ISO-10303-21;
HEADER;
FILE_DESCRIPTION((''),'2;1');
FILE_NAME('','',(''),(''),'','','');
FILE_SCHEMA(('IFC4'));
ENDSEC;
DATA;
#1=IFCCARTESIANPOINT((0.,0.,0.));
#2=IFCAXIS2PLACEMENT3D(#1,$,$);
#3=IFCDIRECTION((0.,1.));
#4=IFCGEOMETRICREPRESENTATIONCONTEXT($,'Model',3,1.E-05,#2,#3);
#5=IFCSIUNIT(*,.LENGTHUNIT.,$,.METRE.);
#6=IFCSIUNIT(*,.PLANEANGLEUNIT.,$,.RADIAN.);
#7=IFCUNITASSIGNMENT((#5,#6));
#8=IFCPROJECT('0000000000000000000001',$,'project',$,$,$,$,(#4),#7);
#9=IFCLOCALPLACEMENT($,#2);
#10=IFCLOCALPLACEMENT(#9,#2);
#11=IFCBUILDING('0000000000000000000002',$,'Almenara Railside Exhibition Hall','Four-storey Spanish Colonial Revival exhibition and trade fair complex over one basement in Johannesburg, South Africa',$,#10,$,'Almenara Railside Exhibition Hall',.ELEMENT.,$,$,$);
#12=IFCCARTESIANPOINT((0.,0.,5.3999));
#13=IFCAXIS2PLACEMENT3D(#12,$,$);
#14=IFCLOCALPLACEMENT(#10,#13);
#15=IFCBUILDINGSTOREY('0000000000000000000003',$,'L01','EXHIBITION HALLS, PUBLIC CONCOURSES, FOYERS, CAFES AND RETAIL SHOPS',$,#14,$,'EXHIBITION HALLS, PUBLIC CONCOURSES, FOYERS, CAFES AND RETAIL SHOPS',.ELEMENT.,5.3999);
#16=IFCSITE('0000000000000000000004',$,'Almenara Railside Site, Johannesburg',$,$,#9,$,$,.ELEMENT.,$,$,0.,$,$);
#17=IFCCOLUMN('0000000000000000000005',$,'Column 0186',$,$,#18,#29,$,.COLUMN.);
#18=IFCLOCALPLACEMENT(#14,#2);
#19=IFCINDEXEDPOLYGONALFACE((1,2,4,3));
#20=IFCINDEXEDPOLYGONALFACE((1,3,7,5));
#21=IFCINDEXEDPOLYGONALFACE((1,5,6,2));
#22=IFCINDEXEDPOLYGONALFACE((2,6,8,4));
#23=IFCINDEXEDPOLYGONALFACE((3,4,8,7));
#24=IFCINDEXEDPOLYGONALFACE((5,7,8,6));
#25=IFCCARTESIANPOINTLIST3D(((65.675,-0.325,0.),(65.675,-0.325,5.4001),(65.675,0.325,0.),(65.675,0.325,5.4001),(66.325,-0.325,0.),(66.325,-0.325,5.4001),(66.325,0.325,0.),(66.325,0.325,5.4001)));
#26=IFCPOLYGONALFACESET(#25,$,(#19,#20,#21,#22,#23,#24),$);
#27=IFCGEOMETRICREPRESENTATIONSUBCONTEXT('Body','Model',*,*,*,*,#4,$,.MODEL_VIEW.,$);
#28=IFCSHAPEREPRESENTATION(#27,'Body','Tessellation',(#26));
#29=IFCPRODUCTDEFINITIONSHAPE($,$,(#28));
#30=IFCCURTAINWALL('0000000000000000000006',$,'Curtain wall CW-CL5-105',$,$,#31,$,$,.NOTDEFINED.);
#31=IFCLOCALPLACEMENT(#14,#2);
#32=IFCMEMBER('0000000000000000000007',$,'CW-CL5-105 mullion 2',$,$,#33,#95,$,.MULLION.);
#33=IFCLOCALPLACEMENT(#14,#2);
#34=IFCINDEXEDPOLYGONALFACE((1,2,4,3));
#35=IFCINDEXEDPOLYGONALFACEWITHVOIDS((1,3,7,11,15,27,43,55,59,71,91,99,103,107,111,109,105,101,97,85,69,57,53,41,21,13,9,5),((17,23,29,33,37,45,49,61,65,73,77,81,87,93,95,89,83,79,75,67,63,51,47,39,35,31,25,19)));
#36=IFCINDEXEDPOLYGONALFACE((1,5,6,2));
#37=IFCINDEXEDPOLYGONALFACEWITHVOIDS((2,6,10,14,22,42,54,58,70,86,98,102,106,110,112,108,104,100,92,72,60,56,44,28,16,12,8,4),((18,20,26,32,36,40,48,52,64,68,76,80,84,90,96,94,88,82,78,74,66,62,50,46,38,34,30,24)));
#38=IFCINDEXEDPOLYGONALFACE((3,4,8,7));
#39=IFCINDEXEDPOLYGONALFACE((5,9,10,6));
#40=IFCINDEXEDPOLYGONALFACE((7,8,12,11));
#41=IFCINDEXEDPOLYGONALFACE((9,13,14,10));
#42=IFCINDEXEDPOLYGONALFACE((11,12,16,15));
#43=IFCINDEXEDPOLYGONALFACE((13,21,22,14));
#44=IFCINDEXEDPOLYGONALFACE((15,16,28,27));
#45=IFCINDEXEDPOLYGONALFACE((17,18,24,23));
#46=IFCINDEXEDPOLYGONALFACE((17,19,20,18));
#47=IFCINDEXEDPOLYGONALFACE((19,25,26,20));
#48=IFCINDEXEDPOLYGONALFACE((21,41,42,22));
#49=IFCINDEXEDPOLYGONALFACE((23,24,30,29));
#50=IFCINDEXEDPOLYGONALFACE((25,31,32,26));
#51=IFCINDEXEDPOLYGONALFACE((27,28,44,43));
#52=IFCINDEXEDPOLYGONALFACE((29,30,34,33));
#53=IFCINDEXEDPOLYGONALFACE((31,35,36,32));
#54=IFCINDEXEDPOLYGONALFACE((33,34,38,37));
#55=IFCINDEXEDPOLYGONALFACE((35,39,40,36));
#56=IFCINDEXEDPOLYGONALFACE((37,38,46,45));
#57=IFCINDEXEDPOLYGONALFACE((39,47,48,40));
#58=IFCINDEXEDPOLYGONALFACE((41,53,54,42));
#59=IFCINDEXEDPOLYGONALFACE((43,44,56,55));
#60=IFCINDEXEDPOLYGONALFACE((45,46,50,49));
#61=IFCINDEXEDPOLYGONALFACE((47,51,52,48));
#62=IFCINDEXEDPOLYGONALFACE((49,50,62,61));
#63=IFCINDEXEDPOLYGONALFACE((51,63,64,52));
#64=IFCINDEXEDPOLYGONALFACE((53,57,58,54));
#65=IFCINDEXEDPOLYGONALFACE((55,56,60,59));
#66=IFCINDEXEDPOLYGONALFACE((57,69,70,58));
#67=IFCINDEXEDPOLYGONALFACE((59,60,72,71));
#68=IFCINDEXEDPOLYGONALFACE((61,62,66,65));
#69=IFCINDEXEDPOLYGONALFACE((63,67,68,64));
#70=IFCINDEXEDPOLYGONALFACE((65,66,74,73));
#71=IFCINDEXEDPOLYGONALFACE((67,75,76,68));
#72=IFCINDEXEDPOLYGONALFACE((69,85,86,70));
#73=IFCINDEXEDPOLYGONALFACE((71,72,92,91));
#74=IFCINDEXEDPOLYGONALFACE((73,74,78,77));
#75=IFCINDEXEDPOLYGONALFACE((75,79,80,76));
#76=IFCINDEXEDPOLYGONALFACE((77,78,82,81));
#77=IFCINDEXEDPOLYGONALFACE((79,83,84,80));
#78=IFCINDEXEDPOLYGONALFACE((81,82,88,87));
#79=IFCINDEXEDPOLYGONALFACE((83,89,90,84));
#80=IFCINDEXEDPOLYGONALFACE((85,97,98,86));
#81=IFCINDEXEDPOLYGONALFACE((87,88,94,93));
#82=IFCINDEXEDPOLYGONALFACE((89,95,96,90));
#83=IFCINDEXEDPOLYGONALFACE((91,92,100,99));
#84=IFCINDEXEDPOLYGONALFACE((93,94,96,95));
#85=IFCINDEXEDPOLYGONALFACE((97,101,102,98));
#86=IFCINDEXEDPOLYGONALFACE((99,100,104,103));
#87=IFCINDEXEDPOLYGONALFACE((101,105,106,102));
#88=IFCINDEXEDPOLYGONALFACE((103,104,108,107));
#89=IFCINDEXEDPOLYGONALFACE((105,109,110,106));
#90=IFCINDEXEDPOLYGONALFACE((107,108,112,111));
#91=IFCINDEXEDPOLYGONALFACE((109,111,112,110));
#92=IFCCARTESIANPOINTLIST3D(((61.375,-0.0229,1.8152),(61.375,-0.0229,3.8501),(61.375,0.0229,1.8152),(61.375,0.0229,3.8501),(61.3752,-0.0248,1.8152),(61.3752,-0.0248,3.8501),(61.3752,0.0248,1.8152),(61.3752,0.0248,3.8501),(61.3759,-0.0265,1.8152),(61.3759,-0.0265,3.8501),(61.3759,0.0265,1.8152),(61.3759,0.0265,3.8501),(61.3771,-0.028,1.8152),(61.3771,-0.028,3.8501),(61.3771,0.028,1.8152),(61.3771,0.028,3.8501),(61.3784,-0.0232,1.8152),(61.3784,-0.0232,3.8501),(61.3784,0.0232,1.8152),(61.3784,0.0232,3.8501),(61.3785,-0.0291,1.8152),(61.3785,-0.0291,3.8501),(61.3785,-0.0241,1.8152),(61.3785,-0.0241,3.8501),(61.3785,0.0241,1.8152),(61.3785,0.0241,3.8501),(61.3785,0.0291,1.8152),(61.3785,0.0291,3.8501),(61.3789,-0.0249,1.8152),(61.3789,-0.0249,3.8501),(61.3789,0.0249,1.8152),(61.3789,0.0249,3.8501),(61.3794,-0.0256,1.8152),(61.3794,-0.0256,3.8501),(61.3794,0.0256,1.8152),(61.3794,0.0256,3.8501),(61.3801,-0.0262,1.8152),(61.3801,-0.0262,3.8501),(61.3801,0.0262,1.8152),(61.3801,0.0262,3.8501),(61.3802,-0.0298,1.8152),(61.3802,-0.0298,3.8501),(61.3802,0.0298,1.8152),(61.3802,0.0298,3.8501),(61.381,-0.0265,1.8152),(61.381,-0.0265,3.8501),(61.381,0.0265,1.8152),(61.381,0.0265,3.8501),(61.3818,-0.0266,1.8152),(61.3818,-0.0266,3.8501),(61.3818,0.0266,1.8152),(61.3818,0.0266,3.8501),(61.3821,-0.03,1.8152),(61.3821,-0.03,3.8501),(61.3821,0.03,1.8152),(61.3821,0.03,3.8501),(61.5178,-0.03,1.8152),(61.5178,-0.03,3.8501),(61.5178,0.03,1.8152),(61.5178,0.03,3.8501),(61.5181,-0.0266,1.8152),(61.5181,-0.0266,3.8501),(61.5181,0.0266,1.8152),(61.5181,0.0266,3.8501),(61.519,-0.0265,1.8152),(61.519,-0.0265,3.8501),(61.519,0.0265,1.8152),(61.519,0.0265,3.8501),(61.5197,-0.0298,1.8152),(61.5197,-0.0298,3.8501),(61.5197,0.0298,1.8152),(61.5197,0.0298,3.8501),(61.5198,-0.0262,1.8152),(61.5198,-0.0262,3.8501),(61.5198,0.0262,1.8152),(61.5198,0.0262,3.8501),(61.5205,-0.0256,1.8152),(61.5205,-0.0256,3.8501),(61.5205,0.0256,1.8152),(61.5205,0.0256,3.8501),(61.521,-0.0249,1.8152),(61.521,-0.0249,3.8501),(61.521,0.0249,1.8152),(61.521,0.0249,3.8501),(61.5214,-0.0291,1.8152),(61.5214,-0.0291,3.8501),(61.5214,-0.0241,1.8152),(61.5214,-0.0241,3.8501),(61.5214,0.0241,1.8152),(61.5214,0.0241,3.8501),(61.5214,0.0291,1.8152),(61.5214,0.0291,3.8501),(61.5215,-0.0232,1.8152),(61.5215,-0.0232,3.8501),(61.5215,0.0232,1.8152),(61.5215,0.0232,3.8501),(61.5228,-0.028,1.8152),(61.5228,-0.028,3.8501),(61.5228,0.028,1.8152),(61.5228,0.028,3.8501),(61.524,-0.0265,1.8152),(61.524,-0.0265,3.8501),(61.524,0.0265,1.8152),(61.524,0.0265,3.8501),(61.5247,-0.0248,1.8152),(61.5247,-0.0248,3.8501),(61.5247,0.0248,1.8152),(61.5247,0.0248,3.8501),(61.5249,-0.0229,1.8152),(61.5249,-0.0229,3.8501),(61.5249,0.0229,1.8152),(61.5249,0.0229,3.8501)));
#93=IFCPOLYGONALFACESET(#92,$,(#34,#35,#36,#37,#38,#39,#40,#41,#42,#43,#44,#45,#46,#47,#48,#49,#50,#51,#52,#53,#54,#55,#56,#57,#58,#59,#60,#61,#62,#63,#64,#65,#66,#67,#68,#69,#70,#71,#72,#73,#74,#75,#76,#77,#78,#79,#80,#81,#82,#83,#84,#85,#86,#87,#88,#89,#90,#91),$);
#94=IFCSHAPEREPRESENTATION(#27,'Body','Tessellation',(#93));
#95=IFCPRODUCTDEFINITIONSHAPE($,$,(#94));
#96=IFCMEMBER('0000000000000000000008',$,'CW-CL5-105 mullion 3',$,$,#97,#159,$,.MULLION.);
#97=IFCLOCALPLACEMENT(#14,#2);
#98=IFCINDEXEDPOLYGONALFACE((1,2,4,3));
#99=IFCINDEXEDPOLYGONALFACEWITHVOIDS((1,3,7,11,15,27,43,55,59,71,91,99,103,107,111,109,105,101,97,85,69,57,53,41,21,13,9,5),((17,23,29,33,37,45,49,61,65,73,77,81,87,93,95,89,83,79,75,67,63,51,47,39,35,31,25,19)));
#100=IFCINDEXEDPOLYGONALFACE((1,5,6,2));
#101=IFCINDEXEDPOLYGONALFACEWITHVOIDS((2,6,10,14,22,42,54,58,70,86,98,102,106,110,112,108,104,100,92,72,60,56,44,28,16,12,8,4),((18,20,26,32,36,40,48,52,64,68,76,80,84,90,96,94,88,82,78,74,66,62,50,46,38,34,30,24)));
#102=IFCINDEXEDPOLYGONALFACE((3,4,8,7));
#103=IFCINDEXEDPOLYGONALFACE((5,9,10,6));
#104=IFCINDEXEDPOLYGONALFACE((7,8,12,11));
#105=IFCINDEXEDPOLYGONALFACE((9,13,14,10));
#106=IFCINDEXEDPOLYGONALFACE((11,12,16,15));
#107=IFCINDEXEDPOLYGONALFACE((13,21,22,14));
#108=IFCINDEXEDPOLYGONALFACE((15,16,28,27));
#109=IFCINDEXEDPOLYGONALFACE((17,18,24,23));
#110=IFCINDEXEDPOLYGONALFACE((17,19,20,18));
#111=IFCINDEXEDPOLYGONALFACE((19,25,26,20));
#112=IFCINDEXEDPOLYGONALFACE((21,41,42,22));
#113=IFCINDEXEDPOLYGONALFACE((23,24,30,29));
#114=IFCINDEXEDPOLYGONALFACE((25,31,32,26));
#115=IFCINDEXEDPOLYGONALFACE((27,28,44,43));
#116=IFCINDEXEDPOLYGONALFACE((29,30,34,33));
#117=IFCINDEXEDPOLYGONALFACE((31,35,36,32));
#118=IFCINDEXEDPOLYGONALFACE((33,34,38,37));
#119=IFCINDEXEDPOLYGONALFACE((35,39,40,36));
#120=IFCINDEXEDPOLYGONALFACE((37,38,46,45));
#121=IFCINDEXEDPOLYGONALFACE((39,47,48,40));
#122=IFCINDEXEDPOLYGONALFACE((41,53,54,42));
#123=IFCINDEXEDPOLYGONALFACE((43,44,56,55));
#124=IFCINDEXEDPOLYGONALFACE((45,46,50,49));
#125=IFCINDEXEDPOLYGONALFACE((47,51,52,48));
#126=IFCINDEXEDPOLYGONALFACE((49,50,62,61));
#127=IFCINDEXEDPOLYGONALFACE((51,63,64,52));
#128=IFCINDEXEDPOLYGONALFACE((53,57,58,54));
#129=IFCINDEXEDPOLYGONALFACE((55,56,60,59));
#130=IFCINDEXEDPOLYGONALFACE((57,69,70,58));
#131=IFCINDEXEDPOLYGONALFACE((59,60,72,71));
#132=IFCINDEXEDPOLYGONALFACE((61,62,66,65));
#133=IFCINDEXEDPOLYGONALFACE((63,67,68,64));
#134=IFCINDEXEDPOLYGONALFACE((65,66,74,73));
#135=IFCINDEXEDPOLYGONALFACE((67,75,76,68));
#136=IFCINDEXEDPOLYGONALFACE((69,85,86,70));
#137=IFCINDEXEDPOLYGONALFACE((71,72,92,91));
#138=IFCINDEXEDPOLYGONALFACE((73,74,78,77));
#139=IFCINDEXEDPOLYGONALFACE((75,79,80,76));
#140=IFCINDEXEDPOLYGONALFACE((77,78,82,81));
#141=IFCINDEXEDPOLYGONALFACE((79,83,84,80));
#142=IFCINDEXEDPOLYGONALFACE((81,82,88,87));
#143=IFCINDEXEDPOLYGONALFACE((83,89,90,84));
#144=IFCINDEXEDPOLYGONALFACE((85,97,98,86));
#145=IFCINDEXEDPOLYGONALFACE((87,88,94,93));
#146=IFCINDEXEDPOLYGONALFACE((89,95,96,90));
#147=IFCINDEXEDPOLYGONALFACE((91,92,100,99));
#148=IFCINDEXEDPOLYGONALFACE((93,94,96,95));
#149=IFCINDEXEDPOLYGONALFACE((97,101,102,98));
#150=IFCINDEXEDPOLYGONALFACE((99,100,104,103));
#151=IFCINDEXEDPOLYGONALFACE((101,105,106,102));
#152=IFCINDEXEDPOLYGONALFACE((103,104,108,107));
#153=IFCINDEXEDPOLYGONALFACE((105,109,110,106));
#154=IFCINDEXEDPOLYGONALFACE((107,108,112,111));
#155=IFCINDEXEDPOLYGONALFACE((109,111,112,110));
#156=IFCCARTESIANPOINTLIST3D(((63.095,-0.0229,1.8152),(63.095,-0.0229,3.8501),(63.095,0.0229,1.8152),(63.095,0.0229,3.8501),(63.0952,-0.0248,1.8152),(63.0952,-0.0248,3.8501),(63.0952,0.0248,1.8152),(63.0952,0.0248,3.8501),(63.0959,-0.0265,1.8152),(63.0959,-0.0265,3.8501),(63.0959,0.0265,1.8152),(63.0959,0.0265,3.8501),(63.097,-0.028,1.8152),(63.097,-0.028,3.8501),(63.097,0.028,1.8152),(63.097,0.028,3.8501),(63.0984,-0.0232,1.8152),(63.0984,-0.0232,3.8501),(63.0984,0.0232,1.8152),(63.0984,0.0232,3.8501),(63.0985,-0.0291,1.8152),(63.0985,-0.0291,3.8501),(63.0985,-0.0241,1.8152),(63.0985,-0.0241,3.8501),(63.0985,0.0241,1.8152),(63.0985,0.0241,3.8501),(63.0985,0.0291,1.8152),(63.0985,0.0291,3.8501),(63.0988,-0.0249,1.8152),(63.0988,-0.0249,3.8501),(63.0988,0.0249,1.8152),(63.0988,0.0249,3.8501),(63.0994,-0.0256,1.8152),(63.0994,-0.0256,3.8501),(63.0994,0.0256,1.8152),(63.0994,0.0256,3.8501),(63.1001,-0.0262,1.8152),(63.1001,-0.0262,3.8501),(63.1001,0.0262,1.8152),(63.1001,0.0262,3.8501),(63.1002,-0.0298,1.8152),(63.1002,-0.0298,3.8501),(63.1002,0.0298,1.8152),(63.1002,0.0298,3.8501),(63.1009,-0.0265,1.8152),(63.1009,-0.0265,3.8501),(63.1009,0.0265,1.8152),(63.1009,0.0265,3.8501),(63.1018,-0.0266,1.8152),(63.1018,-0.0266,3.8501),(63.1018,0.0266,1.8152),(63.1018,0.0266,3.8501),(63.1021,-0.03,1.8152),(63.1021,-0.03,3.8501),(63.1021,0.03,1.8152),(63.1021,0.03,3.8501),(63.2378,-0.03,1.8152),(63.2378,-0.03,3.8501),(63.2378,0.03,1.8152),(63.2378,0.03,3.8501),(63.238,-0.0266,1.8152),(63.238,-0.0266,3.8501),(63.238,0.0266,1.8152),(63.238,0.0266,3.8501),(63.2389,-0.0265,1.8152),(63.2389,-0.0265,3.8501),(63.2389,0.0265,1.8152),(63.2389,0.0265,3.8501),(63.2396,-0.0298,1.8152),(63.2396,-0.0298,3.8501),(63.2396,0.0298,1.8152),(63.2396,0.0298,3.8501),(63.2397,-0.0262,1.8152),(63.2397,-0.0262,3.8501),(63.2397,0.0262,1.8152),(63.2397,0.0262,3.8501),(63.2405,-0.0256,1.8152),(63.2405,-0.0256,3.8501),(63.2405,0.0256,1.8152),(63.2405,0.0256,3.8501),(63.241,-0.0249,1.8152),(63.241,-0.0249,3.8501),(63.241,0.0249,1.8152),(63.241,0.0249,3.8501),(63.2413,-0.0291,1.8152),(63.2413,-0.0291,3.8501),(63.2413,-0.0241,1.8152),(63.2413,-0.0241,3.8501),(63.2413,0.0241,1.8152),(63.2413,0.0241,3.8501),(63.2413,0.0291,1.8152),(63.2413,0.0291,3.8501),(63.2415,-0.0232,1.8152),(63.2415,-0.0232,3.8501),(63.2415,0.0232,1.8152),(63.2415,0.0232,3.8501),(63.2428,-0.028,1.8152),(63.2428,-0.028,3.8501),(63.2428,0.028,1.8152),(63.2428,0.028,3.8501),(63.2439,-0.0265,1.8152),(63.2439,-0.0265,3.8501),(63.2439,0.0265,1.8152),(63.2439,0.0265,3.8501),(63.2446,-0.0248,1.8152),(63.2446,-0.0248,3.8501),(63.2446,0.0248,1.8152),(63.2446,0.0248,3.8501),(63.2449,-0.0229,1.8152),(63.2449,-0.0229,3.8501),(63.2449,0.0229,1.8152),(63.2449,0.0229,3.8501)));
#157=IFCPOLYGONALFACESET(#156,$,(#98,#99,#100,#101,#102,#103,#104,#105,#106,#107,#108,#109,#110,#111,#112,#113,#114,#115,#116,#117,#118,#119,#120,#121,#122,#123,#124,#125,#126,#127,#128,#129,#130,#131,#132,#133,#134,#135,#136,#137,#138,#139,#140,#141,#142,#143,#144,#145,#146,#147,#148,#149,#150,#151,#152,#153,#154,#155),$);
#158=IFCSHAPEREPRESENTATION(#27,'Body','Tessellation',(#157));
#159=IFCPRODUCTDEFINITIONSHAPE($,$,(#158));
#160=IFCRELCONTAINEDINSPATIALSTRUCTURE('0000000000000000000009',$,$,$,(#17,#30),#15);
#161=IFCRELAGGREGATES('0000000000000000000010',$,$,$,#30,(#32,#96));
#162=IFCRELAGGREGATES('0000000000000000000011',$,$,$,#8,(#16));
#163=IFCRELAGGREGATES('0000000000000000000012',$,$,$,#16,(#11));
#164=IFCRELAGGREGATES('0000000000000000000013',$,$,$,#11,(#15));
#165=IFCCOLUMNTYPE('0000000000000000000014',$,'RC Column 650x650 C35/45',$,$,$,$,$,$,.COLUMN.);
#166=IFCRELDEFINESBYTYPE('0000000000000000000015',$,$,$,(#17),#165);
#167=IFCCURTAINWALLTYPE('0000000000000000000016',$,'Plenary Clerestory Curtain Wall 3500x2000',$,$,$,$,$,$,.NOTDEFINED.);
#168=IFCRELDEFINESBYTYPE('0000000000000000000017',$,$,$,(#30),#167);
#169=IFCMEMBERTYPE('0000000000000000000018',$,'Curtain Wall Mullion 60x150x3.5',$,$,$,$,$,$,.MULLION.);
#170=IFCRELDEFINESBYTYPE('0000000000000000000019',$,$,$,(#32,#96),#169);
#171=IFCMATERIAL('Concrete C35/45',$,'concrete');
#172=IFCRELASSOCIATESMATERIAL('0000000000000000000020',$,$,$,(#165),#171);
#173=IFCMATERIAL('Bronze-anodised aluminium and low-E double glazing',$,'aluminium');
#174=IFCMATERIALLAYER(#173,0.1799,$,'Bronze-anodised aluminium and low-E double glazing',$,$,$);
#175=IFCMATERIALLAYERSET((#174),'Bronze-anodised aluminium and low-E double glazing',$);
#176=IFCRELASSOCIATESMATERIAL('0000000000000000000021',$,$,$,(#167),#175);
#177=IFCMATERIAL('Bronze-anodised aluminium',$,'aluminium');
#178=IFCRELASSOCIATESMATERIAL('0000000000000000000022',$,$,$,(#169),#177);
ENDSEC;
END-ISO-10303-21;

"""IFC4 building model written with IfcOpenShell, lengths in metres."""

from ifc_helpers import new_model, si_unit, direction, frame, origin, origin_2d, place, context, subcontext, project, spatial, rectangle, hollow_rectangle, extrude, material, layer, layer_set, material_profile, profile_set, type_object, element, aggregate, save


model = new_model("IFC4")

# Units and contexts
model_context = context("Model", 3, precision=1e-05, world=origin(), true_north=direction((0.0, 1.0)))
body_context = subcontext(model_context, "Body", "Model", "MODEL_VIEW")
ifc_project = project(units=[si_unit("LENGTHUNIT", "METRE"), si_unit("PLANEANGLEUNIT", "RADIAN")], contexts=[model_context])

# Site, building, storey
site_placement = place(None, origin())
site = spatial("IfcSite", under=ifc_project, at=site_placement, Name="Almenara Railside Site, Johannesburg", CompositionType="ELEMENT", RefElevation=0.0)
building_placement = place(site_placement, origin())
building = spatial("IfcBuilding", under=site, at=building_placement, Name="Almenara Railside Exhibition Hall", Description="Four-storey Spanish Colonial Revival exhibition and trade fair complex over one basement in Johannesburg, South Africa", LongName="Almenara Railside Exhibition Hall", CompositionType="ELEMENT")
storey_placement = place(building_placement, frame((0.0, 0.0, 5.3999)))
storey = spatial("IfcBuildingStorey", under=building, at=storey_placement, Name="L01", Description="EXHIBITION HALLS, PUBLIC CONCOURSES, FOYERS, CAFES AND RETAIL SHOPS", LongName="EXHIBITION HALLS, PUBLIC CONCOURSES, FOYERS, CAFES AND RETAIL SHOPS", CompositionType="ELEMENT", Elevation=5.3999)

# Column
ifc_material_1 = material(Name="Concrete C35/45", Category="concrete")
ifc_material_profile_1 = material_profile(ifc_material_1, rectangle(XDim=0.6499, YDim=0.6499, at=origin_2d()), Name="RC 650x650")
ifc_profile_set_1 = profile_set([ifc_material_profile_1], Name="Concrete C35/45")
column_type = type_object("IfcColumnType", Name="RC Column 650x650 C35/45", PredefinedType="COLUMN", material=ifc_profile_set_1)
column_placement = place(storey_placement, frame((66.0, 0.0, 0.0), z_axis=(0.0, 0.0, 1.0), x_axis=(1.0, 0.0, 0.0)))
element("IfcColumn", 1, at=column_placement, inside=storey, type_object=column_type, Name="Column 0186", PredefinedType="COLUMN", context=body_context, shape_type="SweptSolid", body=[
    extrude(rectangle(XDim=0.6499, YDim=0.6499, at=origin_2d()), origin(), (0.0, 0.0, 1.0), 5.4001),
])

# Curtain wall, members
ifc_material_2 = material(Name="Bronze-anodised aluminium and low-E double glazing", Category="aluminium")
ifc_layer_1 = layer(ifc_material_2, 0.1799, Name="Bronze-anodised aluminium and low-E double glazing")
ifc_layer_set_1 = layer_set([ifc_layer_1], Name="Bronze-anodised aluminium and low-E double glazing")
curtain_wall_type_1 = type_object("IfcCurtainWallType", Name="Plenary Clerestory Curtain Wall 3500x2000", PredefinedType="NOTDEFINED", material=ifc_layer_set_1)
curtain_wall_1_placement = place(storey_placement, origin())
curtain_wall_1 = element("IfcCurtainWall", 2, at=curtain_wall_1_placement, inside=storey, type_object=curtain_wall_type_1, Name="Curtain wall CW-CL5-105", PredefinedType="NOTDEFINED")
ifc_material_3 = material(Name="Bronze-anodised aluminium", Category="aluminium")
ifc_material_profile_2 = material_profile(ifc_material_3, hollow_rectangle(XDim=0.0601, YDim=0.1499, WallThickness=0.0034, InnerFilletRadius=0.0034, OuterFilletRadius=0.0071, at=origin_2d()), Name="ALU-MUL 60x150x3.5")
ifc_profile_set_2 = profile_set([ifc_material_profile_2], Name="Bronze-anodised aluminium")
member_type_1 = type_object("IfcMemberType", Name="Curtain Wall Mullion 60x150x3.5", PredefinedType="MULLION", material=ifc_profile_set_2)
member_1_placement = place(storey_placement, frame((61.45, 0.0, 1.8152), z_axis=(0.0, 0.0, 1.0), x_axis=(0.0, 1.0, 0.0)))
member_1 = element("IfcMember", 3, at=member_1_placement, type_object=member_type_1, Name="CW-CL5-105 mullion 2", PredefinedType="MULLION", context=body_context, shape_type="SweptSolid", body=[
    extrude(hollow_rectangle(XDim=0.0601, YDim=0.1499, WallThickness=0.0034, InnerFilletRadius=0.0034, OuterFilletRadius=0.0071, at=origin_2d()), origin(), (0.0, 0.0, 1.0), 2.0349),
])
member_2_placement = place(storey_placement, frame((63.1699, 0.0, 1.8152), z_axis=(0.0, 0.0, 1.0), x_axis=(0.0, 1.0, 0.0)))
member_2 = element("IfcMember", 4, at=member_2_placement, type_object=member_type_1, Name="CW-CL5-105 mullion 3", PredefinedType="MULLION", context=body_context, shape_type="SweptSolid", body=[
    extrude(hollow_rectangle(XDim=0.0601, YDim=0.1499, WallThickness=0.0034, InnerFilletRadius=0.0034, OuterFilletRadius=0.0071, at=origin_2d()), origin(), (0.0, 0.0, 1.0), 2.0349),
])

aggregate(curtain_wall_1, [member_1, member_2])

save(model, "model.ifc")
